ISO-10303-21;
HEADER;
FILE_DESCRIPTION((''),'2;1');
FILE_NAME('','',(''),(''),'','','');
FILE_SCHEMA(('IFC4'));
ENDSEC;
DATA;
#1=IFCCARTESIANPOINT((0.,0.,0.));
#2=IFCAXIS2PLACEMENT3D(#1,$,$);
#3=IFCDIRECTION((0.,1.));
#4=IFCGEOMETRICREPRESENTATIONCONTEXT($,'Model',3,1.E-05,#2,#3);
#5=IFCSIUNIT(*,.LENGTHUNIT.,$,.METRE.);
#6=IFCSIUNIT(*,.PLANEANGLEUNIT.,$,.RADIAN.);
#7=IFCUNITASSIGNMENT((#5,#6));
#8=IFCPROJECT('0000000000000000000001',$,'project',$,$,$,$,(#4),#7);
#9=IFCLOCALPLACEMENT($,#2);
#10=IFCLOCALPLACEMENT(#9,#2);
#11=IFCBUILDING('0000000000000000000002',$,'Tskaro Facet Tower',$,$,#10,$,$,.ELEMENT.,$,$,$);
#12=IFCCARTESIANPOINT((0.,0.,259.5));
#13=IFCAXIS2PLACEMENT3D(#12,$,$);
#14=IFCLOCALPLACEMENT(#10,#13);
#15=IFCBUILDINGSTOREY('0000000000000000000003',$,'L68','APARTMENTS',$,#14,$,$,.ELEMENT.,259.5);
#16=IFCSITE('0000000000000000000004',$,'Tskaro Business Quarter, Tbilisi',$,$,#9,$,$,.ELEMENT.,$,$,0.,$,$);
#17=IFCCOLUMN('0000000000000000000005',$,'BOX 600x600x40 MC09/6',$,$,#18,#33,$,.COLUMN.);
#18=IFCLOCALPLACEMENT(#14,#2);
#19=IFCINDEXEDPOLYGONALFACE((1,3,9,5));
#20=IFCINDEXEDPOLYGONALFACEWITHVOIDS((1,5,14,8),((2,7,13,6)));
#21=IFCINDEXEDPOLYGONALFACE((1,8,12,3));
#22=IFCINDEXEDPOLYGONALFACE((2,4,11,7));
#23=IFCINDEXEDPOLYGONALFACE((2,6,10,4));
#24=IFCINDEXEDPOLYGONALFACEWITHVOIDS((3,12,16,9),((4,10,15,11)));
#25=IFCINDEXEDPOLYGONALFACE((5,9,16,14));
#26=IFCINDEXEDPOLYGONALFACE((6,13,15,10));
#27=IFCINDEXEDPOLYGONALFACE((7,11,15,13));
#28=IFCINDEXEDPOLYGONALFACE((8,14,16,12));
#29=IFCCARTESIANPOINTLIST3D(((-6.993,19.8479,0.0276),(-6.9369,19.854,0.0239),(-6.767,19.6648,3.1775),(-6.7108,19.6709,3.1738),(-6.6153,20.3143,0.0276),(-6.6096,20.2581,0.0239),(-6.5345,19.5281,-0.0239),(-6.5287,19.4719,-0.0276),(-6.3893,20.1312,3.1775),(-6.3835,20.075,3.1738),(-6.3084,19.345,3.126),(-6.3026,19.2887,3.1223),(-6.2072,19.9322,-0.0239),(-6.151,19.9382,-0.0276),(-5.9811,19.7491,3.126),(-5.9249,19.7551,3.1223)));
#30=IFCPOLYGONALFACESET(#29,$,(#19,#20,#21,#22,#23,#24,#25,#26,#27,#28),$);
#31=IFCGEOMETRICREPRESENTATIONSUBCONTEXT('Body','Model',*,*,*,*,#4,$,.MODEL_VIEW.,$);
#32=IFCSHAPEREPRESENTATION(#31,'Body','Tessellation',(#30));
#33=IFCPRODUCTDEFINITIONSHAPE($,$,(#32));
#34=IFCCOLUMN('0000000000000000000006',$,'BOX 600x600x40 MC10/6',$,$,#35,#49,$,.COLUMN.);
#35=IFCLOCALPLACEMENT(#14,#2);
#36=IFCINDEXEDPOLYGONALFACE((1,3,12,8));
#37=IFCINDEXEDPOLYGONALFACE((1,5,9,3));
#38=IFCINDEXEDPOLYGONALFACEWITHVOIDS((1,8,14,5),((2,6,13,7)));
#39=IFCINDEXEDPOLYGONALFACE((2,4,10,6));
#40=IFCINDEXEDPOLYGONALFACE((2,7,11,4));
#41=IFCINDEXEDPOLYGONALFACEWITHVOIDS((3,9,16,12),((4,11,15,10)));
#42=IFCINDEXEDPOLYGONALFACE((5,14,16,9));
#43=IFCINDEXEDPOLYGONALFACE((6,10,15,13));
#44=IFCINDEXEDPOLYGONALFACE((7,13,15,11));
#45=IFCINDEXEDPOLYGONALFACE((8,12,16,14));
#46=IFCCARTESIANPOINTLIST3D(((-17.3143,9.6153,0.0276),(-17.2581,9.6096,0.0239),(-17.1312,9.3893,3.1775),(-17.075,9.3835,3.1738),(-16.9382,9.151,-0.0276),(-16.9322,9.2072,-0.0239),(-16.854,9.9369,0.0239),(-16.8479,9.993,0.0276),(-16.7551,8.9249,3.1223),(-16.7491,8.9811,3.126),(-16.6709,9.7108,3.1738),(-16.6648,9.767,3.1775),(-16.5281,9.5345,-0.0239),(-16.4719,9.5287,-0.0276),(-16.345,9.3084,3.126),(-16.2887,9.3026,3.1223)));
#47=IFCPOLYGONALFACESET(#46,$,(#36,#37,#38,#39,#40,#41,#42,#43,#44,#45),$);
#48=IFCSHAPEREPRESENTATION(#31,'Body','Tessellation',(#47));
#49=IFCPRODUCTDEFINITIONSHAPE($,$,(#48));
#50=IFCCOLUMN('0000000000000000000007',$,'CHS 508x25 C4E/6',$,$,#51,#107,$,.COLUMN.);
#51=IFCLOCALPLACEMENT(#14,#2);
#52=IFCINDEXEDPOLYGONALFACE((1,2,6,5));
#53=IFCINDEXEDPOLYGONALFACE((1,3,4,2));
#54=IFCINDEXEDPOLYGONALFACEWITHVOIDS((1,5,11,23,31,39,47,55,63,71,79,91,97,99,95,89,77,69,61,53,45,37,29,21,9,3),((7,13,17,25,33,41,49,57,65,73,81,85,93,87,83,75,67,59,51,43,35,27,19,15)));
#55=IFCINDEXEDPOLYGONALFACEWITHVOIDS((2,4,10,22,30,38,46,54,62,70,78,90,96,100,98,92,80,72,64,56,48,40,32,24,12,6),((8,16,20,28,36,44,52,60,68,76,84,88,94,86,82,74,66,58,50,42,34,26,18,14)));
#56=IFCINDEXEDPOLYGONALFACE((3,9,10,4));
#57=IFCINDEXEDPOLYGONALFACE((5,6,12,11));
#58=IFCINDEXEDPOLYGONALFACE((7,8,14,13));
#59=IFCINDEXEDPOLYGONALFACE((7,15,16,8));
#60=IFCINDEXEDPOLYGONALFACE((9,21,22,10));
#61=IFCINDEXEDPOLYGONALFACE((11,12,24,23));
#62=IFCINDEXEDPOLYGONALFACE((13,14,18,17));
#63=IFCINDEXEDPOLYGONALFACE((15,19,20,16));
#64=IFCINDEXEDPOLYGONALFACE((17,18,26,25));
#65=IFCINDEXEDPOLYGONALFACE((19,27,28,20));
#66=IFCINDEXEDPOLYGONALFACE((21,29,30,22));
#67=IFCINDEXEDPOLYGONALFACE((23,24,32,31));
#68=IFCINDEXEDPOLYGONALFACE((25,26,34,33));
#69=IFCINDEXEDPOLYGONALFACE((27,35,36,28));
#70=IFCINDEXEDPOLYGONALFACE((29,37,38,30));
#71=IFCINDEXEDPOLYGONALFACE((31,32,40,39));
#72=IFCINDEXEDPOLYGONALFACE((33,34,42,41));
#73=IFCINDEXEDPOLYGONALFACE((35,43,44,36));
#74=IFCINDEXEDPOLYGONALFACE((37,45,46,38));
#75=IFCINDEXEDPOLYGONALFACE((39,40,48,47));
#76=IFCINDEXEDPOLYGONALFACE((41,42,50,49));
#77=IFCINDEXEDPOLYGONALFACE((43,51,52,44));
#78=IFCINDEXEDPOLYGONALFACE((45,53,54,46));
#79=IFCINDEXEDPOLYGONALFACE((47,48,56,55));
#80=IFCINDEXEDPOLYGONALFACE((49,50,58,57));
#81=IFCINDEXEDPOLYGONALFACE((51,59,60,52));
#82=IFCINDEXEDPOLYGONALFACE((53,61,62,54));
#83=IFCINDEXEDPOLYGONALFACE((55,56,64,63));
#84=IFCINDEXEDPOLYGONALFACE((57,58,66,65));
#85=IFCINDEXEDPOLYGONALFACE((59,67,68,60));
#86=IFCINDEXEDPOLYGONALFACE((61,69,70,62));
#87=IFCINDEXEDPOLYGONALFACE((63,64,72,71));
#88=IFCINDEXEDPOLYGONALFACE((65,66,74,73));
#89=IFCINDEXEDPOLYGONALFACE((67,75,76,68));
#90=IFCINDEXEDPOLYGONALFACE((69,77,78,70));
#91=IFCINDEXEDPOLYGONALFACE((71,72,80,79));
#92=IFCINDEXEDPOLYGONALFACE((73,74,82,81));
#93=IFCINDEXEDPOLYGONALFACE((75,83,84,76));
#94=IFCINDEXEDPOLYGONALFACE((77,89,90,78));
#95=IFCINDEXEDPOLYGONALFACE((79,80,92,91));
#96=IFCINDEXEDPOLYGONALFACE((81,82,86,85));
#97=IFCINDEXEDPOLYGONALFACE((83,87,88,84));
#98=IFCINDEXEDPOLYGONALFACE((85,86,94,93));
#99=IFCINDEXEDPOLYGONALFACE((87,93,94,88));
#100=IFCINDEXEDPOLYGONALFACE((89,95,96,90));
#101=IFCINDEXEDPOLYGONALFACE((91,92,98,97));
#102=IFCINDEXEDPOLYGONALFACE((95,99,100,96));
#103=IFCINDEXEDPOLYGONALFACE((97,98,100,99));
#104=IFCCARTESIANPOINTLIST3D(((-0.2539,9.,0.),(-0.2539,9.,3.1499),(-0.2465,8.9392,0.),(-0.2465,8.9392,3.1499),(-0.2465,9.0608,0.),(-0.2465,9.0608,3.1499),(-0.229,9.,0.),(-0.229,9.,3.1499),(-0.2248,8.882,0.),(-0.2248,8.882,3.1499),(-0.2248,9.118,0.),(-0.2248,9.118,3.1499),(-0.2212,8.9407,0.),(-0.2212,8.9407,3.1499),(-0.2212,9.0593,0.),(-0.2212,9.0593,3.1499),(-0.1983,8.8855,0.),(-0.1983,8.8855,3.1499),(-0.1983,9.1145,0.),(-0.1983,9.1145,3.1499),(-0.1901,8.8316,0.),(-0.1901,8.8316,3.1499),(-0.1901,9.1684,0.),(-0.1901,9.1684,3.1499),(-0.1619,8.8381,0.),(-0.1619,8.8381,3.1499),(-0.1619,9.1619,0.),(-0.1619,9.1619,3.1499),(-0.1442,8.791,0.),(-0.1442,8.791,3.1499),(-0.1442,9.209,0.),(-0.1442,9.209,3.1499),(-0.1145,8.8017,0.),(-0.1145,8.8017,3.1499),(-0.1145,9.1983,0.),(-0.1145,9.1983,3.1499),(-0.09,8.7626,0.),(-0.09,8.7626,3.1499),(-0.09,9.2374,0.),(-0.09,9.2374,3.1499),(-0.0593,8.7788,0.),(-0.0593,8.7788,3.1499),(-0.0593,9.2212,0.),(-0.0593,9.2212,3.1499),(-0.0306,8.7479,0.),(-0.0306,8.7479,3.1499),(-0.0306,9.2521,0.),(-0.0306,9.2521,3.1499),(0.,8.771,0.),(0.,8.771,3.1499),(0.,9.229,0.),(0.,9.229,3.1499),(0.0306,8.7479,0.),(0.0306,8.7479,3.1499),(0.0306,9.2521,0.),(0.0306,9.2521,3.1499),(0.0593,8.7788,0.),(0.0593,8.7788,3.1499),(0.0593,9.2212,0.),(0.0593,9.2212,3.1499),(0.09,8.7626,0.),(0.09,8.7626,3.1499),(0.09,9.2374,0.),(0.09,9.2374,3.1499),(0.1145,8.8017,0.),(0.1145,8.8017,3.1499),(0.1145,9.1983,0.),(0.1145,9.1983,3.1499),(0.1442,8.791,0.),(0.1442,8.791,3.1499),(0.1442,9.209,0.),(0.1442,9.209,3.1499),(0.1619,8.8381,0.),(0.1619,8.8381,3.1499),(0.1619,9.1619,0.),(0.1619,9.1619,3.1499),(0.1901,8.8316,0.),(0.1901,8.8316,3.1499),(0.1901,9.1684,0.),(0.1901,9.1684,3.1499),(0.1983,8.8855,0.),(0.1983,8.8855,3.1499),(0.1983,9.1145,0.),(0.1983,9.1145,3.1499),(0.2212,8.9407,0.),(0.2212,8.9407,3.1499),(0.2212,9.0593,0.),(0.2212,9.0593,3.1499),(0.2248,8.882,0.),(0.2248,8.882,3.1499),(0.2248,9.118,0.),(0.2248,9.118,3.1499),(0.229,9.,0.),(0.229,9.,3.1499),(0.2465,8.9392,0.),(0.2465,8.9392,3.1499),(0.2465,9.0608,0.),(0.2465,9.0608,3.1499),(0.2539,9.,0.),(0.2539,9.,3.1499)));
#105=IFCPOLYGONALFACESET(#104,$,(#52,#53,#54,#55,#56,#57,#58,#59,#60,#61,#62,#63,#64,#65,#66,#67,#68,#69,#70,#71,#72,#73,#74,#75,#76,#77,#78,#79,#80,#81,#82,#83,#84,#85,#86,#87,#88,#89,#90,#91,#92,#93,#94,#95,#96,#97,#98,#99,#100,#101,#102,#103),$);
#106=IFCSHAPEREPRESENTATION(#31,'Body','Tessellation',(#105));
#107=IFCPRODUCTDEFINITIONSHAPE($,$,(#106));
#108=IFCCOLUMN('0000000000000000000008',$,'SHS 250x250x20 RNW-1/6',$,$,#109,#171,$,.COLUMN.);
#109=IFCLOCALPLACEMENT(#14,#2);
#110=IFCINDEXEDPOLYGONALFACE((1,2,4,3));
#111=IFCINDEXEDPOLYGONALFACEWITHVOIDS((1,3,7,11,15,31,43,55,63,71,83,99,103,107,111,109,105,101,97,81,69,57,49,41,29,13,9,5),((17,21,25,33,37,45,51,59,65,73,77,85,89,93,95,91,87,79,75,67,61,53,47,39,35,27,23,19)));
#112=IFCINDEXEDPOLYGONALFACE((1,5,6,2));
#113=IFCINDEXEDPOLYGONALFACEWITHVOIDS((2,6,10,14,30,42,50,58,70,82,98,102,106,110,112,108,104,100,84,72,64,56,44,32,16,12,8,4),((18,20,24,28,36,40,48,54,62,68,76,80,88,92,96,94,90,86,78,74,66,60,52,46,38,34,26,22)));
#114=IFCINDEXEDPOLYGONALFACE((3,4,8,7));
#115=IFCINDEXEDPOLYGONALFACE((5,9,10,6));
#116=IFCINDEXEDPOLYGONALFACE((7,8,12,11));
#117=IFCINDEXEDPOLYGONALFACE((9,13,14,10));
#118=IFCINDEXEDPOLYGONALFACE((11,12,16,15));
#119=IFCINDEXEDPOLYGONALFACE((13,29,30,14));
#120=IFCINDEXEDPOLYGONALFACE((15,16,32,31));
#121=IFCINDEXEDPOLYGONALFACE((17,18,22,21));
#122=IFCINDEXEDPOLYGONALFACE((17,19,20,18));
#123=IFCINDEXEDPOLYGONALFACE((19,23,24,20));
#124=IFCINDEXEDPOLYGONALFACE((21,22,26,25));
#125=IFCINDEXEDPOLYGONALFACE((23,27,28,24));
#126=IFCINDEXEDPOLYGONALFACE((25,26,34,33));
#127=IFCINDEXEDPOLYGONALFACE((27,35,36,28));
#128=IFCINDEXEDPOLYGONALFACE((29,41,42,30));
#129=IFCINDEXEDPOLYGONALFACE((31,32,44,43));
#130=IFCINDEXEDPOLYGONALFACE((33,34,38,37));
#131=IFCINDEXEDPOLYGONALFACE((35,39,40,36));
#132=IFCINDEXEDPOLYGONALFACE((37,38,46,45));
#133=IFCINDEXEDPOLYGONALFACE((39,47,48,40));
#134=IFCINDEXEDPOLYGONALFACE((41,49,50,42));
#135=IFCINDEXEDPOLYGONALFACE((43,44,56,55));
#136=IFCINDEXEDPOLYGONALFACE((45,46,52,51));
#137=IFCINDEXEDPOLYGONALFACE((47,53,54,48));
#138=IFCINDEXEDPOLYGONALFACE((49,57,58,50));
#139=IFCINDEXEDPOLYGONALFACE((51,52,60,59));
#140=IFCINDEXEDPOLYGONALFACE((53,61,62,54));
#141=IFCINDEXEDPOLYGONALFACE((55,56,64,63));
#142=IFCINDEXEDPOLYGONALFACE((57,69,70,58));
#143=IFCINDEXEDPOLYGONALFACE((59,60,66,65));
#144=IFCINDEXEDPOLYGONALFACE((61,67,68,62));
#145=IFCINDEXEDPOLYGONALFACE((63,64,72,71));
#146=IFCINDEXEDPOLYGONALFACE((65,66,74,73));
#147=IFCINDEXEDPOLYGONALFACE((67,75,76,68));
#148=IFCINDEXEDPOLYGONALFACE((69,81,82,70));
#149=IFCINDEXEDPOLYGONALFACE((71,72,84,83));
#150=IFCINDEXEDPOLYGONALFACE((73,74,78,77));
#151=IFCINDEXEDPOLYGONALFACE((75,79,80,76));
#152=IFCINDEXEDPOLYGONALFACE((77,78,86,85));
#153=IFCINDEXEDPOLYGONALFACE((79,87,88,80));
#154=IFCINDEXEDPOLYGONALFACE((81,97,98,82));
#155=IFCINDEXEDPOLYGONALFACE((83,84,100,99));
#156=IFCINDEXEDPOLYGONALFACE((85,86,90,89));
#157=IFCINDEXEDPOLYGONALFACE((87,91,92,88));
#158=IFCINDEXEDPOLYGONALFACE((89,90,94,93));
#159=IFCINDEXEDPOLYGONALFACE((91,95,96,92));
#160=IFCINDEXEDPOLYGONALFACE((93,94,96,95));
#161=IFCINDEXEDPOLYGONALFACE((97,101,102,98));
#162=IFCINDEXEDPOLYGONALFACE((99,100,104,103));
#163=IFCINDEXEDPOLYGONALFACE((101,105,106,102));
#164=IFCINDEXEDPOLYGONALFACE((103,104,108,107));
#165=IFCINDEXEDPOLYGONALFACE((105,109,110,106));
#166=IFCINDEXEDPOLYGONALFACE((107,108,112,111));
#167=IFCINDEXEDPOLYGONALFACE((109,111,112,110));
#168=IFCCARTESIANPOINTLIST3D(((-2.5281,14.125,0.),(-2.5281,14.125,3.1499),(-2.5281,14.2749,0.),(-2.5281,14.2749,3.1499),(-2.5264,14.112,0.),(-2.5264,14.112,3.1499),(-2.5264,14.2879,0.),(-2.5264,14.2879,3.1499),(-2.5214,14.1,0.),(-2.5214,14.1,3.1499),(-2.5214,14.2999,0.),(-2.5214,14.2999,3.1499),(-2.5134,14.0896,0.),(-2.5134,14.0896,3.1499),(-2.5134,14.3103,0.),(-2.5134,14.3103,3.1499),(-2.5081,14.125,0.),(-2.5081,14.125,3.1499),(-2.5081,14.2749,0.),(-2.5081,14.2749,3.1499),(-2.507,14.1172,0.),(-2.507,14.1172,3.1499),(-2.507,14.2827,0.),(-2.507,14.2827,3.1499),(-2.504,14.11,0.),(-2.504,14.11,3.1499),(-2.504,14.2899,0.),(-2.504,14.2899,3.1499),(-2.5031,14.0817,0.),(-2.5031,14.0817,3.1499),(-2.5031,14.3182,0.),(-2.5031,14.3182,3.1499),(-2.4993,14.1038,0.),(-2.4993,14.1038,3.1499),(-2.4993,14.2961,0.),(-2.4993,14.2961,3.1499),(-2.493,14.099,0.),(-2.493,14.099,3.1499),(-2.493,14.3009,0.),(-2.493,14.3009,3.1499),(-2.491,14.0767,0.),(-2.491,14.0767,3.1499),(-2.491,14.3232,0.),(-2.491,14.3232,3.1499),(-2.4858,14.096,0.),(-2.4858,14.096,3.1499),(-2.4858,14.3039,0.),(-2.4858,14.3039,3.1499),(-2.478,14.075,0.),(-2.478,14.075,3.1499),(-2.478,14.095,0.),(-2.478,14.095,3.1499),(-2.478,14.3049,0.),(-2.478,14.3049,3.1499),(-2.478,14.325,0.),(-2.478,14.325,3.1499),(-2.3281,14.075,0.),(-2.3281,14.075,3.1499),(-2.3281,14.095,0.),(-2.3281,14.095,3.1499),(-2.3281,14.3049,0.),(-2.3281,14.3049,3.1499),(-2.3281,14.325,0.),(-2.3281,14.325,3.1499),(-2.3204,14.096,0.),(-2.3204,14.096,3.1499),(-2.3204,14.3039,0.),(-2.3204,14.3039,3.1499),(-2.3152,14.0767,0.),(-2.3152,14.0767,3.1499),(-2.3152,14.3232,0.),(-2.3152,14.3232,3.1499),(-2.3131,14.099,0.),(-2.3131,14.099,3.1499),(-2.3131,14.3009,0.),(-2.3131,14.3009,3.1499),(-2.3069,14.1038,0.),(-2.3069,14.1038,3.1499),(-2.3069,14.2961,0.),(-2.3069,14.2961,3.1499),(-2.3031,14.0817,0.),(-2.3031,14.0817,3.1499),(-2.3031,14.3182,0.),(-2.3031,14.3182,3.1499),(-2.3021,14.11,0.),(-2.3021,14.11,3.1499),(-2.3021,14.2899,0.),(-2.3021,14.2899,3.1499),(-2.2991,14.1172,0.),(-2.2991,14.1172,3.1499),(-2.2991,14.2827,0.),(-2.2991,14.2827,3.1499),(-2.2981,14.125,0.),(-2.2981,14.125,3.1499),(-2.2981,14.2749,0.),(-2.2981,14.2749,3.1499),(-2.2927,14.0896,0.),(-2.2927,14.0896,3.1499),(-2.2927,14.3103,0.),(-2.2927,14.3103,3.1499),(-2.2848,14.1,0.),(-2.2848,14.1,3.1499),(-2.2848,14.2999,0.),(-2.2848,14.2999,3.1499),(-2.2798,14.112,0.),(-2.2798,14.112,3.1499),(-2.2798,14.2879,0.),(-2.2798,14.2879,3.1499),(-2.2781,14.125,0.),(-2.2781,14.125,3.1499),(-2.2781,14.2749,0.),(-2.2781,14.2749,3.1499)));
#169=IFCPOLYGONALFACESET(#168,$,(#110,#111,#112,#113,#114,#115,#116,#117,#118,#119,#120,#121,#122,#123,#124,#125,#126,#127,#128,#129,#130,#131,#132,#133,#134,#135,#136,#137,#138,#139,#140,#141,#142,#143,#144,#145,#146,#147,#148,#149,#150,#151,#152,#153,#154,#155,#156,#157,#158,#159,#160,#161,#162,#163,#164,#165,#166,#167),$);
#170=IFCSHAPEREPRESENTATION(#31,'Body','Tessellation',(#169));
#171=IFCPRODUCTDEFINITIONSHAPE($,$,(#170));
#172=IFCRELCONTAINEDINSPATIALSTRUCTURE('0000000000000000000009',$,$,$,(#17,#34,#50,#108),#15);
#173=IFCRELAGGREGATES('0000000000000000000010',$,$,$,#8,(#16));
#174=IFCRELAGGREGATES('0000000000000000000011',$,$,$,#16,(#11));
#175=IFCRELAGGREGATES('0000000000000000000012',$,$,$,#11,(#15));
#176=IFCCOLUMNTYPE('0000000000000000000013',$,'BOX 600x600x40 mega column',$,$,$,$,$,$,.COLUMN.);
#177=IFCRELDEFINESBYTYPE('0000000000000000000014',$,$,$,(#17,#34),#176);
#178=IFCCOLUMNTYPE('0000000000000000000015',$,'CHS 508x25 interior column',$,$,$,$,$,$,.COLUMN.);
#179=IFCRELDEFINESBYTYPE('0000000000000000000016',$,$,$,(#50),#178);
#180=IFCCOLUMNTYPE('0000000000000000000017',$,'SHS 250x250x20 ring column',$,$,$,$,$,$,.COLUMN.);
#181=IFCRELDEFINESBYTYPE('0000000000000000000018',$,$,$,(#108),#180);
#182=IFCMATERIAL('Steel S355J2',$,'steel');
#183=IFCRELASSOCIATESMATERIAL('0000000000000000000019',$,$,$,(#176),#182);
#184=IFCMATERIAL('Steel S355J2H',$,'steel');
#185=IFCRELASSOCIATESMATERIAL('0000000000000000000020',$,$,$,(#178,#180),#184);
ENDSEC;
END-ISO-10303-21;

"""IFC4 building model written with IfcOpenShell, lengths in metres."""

from ifc_helpers import new_model, si_unit, direction, frame, origin, origin_2d, place, context, subcontext, project, spatial, hollow_rectangle, hollow_circle, extrude, material, material_profile, profile_set, type_object, element, save


model = new_model("IFC4")

# Units and contexts
model_context = context("Model", 3, precision=1e-05, world=origin(), true_north=direction((0.0, 1.0)))
body_context = subcontext(model_context, "Body", "Model", "MODEL_VIEW")
ifc_project = project(units=[si_unit("LENGTHUNIT", "METRE"), si_unit("PLANEANGLEUNIT", "RADIAN")], contexts=[model_context])

# Site, building, storey
site_placement = place(None, origin())
site = spatial("IfcSite", under=ifc_project, at=site_placement, Name="Tskaro Business Quarter, Tbilisi", CompositionType="ELEMENT", RefElevation=0.0)
building_placement = place(site_placement, origin())
building = spatial("IfcBuilding", under=site, at=building_placement, Name="Tskaro Facet Tower", CompositionType="ELEMENT")
storey_placement = place(building_placement, frame((0.0, 0.0, 259.5)))
storey = spatial("IfcBuildingStorey", under=building, at=storey_placement, Name="L68", Description="APARTMENTS", CompositionType="ELEMENT", Elevation=259.5)

# Columns
ifc_material_1 = material(Name="Steel S355J2", Category="steel")
ifc_material_profile_1 = material_profile(ifc_material_1, hollow_rectangle(XDim=0.6001, YDim=0.6001, WallThickness=0.04, at=origin_2d()), Name="BOX 600x600x40")
ifc_profile_set_1 = profile_set([ifc_material_profile_1], Name="Steel S355J2")
column_type_1 = type_object("IfcColumnType", Name="BOX 600x600x40 mega column", PredefinedType="COLUMN", material=ifc_profile_set_1)
for number, where, z_axis, x_axis, name in (
    (1, (-6.572, 19.8931, 0.0), (0.071468, -0.057884, 0.995762), (0.629391, 0.777089, 0.0), "BOX 600x600x40 MC09/6"),
    (2, (-16.8931, 9.572, 0.0), (0.057884, -0.071468, 0.995762), (0.777089, 0.629391, 0.0), "BOX 600x600x40 MC10/6"),
):
    element("IfcColumn", number, at=place(storey_placement, frame(where, z_axis=z_axis, x_axis=x_axis)), inside=storey, type_object=column_type_1, Name=name, PredefinedType="COLUMN", context=body_context, shape_type="SweptSolid", body=[
        extrude(hollow_rectangle(XDim=0.6001, YDim=0.6001, WallThickness=0.04, at=origin_2d()), origin(), (0.0, 0.0, 1.0), 3.1633),
    ])
ifc_material_2 = material(Name="Steel S355J2H", Category="steel")
ifc_material_profile_2 = material_profile(ifc_material_2, hollow_circle(Radius=0.2539, WallThickness=0.0249, at=origin_2d()), Name="CHS 508x25")
ifc_profile_set_2 = profile_set([ifc_material_profile_2], Name="Steel S355J2H")
column_type_2 = type_object("IfcColumnType", Name="CHS 508x25 interior column", PredefinedType="COLUMN", material=ifc_profile_set_2)
column_placement = place(storey_placement, frame((0.0, 9.0, 0.0), z_axis=(0.0, 0.0, 1.0), x_axis=(1.0, 0.0, 0.0)))
element("IfcColumn", 3, at=column_placement, inside=storey, type_object=column_type_2, Name="CHS 508x25 C4E/6", PredefinedType="COLUMN", context=body_context, shape_type="SweptSolid", body=[
    extrude(hollow_circle(Radius=0.2539, WallThickness=0.0249, at=origin_2d()), origin(), (0.0, 0.0, 1.0), 3.1499),
])
ifc_material_profile_3 = material_profile(ifc_material_2, hollow_rectangle(XDim=0.25, YDim=0.25, WallThickness=0.02, InnerFilletRadius=0.03, OuterFilletRadius=0.05, at=origin_2d()), Name="SHS 250x250x20")
ifc_profile_set_3 = profile_set([ifc_material_profile_3], Name="Steel S355J2H")
column_type_3 = type_object("IfcColumnType", Name="SHS 250x250x20 ring column", PredefinedType="COLUMN", material=ifc_profile_set_3)
for number, where, z_axis, x_axis, name in (
    (4, (-2.4031, 14.2, 0.0), (0.0, 0.0, 1.0), (1.0, 0.0, 0.0), "SHS 250x250x20 RNW-1/6"),
):
    element("IfcColumn", number, at=place(storey_placement, frame(where, z_axis=z_axis, x_axis=x_axis)), inside=storey, type_object=column_type_3, Name=name, PredefinedType="COLUMN", context=body_context, shape_type="SweptSolid", body=[
        extrude(hollow_rectangle(XDim=0.25, YDim=0.25, WallThickness=0.02, InnerFilletRadius=0.03, OuterFilletRadius=0.05, at=origin_2d()), origin(), (0.0, 0.0, 1.0), 3.1499),
    ])

save(model, "model.ifc")
